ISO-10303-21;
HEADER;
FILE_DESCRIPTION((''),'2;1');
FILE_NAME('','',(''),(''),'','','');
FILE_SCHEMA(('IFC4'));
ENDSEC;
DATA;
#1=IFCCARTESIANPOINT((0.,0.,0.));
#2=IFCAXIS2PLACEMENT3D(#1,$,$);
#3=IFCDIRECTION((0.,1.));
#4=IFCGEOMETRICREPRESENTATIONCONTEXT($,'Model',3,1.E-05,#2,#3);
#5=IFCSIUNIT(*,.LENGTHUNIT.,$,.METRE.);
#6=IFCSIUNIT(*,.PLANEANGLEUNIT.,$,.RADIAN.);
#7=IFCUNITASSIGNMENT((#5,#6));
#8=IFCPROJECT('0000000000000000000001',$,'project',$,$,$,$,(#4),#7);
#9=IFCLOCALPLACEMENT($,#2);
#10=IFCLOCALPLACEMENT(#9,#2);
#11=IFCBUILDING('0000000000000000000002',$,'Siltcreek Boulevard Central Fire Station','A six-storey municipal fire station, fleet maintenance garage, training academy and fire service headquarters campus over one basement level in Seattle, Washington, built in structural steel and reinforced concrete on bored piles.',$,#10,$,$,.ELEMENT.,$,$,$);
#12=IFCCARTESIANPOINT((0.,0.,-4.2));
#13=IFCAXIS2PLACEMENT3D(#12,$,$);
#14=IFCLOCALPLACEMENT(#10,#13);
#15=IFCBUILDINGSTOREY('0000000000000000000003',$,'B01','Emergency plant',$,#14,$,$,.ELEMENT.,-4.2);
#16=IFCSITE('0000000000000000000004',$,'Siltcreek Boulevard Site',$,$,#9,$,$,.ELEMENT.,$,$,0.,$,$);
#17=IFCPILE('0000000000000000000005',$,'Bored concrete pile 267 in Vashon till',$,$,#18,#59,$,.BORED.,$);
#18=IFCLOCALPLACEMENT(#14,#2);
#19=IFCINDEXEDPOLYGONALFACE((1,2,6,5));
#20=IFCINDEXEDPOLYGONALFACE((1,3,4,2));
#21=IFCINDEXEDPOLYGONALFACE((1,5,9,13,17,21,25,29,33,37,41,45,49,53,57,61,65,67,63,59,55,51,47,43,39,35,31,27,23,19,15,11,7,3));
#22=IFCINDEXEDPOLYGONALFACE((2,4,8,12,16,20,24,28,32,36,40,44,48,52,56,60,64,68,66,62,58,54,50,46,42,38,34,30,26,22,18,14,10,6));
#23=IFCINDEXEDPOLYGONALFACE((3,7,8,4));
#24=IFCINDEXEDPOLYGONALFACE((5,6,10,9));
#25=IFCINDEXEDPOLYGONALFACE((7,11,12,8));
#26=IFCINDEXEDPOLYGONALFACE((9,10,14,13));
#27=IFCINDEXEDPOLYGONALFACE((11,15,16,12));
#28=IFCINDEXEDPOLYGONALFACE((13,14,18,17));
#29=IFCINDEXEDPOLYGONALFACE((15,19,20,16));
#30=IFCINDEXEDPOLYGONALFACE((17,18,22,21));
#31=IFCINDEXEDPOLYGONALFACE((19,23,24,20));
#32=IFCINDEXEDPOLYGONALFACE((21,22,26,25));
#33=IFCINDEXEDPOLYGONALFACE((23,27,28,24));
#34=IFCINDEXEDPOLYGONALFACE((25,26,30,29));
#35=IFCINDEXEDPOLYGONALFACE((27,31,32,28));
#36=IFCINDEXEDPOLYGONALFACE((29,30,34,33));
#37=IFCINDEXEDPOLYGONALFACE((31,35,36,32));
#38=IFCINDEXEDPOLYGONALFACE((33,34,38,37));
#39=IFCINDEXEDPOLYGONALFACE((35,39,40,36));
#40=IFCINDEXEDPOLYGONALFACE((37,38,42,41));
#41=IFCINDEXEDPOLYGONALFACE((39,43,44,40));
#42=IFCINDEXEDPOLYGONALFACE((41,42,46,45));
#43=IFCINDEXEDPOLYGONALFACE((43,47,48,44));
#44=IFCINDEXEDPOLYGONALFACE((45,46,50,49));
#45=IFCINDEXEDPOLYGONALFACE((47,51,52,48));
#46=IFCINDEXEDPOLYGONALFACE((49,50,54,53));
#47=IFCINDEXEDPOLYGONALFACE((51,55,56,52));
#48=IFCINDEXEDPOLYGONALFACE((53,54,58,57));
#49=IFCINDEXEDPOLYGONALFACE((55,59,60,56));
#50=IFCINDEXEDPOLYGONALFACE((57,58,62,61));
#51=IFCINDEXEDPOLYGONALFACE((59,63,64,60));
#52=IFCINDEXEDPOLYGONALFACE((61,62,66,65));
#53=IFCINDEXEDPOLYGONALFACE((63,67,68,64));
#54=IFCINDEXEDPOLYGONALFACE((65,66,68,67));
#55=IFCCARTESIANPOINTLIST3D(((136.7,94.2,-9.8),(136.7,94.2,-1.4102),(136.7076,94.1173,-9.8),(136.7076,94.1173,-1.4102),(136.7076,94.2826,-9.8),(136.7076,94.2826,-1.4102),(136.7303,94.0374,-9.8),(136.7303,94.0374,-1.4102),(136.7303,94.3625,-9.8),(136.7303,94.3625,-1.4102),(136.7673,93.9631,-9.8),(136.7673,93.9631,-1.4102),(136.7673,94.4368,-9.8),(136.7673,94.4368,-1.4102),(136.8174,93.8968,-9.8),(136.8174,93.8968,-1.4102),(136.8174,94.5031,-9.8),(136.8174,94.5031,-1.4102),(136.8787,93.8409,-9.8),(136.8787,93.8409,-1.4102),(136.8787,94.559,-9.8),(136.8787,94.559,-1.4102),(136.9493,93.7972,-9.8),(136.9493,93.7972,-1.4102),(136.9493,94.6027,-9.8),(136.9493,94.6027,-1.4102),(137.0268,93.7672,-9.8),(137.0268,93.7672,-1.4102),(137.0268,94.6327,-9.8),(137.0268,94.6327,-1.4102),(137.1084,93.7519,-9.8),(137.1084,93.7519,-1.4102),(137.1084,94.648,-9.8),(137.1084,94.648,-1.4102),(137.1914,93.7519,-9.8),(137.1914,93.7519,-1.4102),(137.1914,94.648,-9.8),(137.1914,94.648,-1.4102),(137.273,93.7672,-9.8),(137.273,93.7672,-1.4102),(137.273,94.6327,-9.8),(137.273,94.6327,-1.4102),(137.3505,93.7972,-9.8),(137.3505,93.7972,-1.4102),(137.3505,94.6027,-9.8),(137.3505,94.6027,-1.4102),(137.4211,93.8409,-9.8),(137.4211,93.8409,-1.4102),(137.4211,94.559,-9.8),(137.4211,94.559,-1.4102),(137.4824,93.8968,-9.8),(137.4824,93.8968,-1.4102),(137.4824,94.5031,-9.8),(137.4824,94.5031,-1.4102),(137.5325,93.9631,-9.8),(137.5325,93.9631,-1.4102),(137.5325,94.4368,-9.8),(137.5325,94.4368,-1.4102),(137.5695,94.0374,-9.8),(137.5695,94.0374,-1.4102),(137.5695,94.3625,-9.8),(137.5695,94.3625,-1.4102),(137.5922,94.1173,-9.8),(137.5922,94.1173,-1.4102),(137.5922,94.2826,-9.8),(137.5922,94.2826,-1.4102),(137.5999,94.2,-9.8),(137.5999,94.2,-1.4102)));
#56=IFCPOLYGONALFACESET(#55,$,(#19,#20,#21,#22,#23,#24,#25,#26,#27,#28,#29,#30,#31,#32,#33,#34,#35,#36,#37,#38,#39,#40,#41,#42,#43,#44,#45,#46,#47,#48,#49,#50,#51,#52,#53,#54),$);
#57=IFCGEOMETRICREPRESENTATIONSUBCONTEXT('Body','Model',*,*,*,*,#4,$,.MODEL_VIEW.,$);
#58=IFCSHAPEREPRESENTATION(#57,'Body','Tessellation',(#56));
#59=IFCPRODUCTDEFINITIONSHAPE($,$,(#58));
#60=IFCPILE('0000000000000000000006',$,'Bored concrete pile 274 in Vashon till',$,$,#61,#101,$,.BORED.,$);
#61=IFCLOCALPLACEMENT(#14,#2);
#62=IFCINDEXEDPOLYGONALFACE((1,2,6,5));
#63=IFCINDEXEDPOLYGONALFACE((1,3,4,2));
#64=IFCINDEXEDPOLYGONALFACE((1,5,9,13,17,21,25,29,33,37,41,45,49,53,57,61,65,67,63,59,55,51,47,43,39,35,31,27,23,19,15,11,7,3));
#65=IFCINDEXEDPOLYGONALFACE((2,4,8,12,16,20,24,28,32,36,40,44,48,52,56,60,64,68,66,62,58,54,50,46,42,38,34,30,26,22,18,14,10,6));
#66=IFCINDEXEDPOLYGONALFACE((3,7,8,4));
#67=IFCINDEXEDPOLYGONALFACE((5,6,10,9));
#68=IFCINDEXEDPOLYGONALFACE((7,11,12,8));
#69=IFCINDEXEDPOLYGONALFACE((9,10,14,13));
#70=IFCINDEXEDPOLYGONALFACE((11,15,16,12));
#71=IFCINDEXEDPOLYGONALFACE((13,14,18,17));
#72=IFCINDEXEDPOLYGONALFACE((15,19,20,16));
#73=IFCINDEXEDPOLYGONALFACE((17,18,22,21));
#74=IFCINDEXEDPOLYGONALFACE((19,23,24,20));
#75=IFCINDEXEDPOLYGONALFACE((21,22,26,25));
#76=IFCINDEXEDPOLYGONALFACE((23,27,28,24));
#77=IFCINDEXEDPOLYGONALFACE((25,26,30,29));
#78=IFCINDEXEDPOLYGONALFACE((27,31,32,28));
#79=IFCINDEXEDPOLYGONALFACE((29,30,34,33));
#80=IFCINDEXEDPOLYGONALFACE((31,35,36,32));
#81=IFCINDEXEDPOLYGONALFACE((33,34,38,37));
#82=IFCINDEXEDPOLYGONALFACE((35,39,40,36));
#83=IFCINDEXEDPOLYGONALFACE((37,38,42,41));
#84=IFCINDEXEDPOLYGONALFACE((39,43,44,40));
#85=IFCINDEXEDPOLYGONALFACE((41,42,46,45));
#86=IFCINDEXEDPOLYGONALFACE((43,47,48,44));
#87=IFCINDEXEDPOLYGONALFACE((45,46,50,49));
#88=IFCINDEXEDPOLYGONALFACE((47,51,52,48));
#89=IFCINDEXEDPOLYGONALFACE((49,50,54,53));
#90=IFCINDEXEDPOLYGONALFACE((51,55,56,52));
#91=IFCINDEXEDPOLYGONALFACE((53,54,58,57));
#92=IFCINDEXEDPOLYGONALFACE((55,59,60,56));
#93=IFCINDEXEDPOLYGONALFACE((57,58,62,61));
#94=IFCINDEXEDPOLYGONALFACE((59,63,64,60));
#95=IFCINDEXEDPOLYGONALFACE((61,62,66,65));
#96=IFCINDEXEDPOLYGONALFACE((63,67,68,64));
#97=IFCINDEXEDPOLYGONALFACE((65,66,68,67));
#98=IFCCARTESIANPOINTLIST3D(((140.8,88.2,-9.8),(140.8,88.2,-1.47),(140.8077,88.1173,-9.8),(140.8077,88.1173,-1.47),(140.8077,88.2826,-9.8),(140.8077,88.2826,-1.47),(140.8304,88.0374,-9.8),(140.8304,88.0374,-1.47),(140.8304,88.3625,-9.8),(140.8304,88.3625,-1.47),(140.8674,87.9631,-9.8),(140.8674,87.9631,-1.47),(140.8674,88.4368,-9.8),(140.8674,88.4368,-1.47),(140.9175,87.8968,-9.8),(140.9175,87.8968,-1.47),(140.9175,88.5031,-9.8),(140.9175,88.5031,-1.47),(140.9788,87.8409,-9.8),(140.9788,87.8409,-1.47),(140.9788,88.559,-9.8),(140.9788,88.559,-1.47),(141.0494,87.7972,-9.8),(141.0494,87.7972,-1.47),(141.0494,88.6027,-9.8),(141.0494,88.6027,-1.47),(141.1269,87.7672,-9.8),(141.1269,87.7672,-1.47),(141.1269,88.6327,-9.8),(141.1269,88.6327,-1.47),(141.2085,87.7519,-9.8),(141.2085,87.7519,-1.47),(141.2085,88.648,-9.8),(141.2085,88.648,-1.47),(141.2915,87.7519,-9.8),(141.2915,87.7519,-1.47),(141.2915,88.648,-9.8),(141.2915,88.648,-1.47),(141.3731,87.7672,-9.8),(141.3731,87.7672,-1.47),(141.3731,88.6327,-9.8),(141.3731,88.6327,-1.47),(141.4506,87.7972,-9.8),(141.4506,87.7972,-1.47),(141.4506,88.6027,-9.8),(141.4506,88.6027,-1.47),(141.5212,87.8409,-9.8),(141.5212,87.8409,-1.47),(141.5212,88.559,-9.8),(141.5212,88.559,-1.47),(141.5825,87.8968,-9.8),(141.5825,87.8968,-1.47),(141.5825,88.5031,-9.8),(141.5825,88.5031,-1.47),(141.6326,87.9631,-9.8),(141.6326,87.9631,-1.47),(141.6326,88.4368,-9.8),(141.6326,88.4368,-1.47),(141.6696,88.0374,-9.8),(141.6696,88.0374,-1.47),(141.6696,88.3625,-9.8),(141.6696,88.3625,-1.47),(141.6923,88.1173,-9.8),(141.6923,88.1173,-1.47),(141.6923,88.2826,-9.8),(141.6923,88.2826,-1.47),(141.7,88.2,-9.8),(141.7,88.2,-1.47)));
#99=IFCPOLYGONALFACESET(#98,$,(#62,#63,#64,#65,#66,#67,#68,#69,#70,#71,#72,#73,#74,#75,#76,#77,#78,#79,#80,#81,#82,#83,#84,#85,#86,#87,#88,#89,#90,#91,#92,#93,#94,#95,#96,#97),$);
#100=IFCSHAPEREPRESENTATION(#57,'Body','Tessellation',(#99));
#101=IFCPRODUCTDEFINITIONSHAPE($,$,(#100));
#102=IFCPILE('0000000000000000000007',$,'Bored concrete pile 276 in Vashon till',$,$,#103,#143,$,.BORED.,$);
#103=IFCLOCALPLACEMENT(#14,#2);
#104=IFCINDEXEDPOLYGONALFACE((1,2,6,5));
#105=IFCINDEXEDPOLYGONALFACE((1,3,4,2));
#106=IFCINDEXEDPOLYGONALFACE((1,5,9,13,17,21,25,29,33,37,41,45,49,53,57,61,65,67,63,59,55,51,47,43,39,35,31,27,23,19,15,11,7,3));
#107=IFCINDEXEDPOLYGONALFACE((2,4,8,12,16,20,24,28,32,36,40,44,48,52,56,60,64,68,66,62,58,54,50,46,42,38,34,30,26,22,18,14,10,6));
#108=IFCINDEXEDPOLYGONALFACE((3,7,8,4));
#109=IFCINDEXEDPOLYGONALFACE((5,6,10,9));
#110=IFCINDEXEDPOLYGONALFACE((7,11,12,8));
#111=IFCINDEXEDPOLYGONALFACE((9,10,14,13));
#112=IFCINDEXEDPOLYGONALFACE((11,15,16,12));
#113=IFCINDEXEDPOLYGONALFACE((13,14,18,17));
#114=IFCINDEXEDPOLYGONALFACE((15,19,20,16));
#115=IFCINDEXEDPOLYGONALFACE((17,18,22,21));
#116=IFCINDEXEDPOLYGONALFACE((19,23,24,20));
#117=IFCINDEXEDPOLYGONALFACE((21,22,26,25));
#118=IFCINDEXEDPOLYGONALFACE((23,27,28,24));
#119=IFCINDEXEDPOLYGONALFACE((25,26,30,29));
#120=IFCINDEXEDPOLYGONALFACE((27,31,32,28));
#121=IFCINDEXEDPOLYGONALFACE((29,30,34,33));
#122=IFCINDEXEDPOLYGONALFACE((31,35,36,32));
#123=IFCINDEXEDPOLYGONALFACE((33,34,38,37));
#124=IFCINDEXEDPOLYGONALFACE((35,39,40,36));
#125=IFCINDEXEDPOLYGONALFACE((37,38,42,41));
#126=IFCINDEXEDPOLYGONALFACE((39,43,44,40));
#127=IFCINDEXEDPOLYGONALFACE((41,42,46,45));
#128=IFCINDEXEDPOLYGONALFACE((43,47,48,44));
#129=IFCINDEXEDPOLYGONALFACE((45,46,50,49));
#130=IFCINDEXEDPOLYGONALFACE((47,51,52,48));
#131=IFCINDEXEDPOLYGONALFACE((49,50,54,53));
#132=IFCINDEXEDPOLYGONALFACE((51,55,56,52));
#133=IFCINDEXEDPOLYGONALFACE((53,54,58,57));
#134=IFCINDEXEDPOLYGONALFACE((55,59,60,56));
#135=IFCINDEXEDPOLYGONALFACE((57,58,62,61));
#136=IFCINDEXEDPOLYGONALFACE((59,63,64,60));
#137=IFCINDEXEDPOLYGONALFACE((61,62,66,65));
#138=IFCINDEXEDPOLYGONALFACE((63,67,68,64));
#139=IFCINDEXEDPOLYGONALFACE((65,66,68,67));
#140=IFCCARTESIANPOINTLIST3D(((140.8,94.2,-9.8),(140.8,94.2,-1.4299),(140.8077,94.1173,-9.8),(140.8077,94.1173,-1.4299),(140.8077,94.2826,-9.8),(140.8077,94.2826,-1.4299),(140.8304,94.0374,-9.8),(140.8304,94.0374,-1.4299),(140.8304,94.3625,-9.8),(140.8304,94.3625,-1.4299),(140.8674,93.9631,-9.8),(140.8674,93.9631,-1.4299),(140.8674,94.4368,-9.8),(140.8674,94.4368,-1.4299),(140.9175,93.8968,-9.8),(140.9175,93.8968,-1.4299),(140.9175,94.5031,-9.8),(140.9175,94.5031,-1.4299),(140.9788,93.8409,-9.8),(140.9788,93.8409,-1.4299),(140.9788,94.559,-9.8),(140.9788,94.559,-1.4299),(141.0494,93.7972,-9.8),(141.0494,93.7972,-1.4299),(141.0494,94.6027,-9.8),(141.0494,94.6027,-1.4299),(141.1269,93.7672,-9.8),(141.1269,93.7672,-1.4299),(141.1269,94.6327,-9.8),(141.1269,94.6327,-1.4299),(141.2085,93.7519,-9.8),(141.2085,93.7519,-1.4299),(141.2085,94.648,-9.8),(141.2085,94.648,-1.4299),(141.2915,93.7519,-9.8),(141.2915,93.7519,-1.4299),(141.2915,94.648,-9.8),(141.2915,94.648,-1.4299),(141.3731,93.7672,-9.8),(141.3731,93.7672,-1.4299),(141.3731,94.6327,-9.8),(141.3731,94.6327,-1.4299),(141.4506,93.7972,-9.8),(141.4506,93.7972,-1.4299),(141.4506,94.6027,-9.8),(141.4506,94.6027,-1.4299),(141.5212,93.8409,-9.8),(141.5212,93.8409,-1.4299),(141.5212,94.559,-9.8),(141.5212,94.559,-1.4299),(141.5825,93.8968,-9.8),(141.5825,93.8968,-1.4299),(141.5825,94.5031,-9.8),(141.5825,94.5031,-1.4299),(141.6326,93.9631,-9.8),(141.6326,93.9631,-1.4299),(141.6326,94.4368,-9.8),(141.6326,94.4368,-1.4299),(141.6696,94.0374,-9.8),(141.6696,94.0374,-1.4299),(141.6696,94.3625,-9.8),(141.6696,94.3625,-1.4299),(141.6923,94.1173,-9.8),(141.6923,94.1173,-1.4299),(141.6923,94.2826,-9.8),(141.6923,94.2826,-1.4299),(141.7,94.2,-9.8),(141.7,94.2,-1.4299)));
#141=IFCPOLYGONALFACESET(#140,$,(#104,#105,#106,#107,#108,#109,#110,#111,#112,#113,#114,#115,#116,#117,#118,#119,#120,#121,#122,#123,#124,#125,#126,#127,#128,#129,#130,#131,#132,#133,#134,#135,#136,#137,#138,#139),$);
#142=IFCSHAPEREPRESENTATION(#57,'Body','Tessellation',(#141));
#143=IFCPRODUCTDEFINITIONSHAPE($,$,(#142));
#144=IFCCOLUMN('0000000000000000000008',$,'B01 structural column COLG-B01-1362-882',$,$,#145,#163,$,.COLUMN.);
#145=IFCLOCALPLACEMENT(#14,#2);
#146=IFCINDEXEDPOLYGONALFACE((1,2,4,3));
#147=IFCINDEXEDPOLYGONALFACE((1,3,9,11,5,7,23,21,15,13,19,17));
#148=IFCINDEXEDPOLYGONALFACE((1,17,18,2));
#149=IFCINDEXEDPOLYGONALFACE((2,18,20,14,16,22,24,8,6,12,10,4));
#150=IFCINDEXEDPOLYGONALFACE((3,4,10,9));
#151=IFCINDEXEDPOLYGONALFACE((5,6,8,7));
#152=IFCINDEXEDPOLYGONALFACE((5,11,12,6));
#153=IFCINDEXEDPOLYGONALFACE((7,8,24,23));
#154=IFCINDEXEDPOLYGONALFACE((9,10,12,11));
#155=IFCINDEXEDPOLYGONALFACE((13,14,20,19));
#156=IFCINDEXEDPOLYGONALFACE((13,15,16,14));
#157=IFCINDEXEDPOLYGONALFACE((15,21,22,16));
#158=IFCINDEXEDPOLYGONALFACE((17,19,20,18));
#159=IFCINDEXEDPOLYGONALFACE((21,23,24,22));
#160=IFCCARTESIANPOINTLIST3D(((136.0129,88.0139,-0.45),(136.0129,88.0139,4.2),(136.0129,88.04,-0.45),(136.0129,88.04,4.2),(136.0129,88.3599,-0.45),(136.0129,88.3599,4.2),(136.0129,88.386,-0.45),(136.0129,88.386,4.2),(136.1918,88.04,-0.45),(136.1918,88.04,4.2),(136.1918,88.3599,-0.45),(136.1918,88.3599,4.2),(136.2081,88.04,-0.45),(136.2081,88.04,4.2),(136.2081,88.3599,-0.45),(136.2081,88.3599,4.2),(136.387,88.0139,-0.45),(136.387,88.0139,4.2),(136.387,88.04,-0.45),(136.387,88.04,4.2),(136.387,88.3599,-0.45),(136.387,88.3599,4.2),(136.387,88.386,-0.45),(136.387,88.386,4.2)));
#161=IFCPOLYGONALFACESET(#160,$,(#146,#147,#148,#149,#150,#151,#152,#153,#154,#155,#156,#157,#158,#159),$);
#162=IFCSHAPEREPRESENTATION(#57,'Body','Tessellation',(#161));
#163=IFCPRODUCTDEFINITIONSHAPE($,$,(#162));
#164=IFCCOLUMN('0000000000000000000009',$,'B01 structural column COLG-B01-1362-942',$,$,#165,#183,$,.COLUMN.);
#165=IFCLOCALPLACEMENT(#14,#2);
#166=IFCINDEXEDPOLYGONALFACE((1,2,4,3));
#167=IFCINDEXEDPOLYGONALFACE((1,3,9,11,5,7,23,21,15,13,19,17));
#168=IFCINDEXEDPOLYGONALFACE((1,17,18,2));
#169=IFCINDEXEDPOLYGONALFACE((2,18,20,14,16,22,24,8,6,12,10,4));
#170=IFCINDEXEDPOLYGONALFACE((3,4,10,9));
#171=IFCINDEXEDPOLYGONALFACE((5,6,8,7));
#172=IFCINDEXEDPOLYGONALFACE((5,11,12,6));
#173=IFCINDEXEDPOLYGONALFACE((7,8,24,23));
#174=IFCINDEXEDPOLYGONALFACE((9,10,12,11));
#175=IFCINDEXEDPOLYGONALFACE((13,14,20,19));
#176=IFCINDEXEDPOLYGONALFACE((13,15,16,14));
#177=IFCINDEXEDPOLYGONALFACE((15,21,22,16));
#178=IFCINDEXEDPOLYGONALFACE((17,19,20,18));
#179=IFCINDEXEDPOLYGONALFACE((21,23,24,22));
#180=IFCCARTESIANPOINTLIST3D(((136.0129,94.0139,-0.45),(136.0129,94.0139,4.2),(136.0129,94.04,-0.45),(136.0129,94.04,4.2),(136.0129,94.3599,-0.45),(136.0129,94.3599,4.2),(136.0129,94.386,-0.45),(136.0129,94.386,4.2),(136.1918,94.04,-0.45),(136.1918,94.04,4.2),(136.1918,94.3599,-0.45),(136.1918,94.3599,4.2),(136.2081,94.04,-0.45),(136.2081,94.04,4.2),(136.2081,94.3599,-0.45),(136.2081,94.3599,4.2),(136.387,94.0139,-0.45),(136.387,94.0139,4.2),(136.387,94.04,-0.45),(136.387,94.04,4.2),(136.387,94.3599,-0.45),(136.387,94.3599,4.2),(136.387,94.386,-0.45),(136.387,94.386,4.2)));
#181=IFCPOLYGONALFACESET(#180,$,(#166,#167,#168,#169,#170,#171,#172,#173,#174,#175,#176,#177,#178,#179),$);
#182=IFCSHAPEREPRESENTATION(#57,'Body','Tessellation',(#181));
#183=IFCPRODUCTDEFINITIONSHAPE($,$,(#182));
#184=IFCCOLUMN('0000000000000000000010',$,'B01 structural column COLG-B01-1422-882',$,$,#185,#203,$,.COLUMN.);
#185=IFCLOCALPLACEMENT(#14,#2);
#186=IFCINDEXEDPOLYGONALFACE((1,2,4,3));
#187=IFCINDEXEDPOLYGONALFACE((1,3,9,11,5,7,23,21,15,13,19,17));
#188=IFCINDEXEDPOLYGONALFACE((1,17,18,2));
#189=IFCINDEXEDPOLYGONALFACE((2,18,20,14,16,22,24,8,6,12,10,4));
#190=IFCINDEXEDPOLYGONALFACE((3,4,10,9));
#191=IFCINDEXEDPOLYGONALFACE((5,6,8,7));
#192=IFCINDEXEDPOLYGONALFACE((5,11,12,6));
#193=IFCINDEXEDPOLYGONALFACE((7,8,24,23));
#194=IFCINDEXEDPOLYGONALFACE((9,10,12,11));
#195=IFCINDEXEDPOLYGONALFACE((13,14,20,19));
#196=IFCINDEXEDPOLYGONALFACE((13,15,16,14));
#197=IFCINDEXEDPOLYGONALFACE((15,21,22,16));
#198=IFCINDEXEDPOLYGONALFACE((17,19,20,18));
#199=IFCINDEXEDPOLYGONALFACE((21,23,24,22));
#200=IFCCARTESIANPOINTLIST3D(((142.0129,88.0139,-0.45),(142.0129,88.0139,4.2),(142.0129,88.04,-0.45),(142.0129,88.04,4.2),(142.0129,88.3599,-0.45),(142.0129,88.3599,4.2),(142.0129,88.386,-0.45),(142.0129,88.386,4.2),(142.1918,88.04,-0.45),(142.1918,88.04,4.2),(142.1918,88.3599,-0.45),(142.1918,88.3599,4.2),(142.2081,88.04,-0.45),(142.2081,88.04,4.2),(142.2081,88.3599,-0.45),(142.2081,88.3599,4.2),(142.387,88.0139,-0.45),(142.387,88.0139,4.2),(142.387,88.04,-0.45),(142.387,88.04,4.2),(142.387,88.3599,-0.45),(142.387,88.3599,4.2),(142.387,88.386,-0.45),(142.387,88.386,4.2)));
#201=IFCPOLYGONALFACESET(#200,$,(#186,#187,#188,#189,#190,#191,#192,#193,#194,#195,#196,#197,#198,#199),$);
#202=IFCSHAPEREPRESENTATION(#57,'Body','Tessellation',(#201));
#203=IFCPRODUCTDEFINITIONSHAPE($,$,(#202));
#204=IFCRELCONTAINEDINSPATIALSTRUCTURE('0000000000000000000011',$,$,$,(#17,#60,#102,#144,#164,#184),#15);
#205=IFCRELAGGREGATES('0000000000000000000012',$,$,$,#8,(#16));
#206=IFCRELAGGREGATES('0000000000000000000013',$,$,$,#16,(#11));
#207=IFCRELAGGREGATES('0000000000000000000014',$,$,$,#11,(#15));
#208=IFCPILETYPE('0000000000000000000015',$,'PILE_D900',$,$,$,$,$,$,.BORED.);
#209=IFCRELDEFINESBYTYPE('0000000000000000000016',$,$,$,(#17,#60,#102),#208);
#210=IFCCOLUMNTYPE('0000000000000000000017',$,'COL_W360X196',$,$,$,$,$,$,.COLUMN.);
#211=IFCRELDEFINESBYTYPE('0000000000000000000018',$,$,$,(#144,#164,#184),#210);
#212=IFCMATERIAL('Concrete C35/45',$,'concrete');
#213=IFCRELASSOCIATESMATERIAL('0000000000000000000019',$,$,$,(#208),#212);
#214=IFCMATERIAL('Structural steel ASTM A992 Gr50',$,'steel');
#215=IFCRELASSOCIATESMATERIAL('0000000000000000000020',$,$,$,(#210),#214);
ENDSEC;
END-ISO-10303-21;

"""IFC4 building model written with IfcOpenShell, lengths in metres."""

from ifc_helpers import new_model, si_unit, direction, frame, origin, origin_2d, place, context, subcontext, project, spatial, circle, i_section, extrude, material, material_profile, profile_set, type_object, element, save


model = new_model("IFC4")

# Units and contexts
model_context = context("Model", 3, precision=1e-05, world=origin(), true_north=direction((0.0, 1.0)))
body_context = subcontext(model_context, "Body", "Model", "MODEL_VIEW")
ifc_project = project(units=[si_unit("LENGTHUNIT", "METRE"), si_unit("PLANEANGLEUNIT", "RADIAN")], contexts=[model_context])

# Site, building, storey
site_placement = place(None, origin())
site = spatial("IfcSite", under=ifc_project, at=site_placement, Name="Siltcreek Boulevard Site", CompositionType="ELEMENT", RefElevation=0.0)
building_placement = place(site_placement, origin())
building = spatial("IfcBuilding", under=site, at=building_placement, Name="Siltcreek Boulevard Central Fire Station", Description="A six-storey municipal fire station, fleet maintenance garage, training academy and fire service headquarters campus over one basement level in Seattle, Washington, built in structural steel and reinforced concrete on bored piles.", CompositionType="ELEMENT")
storey_placement = place(building_placement, frame((0.0, 0.0, -4.2)))
storey = spatial("IfcBuildingStorey", under=building, at=storey_placement, Name="B01", Description="Emergency plant", CompositionType="ELEMENT", Elevation=-4.2)

# Shared definitions
ifc_material_1 = material(Name="Concrete C35/45", Category="concrete")

# Piles
ifc_material_profile_1 = material_profile(ifc_material_1, circle(Radius=0.45, at=origin_2d()), Name="SHAFT900")
ifc_profile_set_1 = profile_set([ifc_material_profile_1], Name="Concrete C35/45")
pile_type = type_object("IfcPileType", Name="PILE_D900", PredefinedType="BORED", material=ifc_profile_set_1)
for number, where, z_axis, x_axis, name in (
    (1, (137.1499, 94.2, -1.4102), (0.0, 0.0, -1.0), (1.0, 0.0, 0.0), "Bored concrete pile 267 in Vashon till"),
):
    element("IfcPile", number, at=place(storey_placement, frame(where, z_axis=z_axis, x_axis=x_axis)), inside=storey, type_object=pile_type, Name=name, PredefinedType="BORED", context=body_context, shape_type="SweptSolid", body=[
        extrude(circle(Radius=0.45, at=origin_2d()), origin(), (0.0, 0.0, 1.0), 8.3899),
    ])
pile_1_placement = place(storey_placement, frame((141.25, 88.2, -1.47), z_axis=(0.0, 0.0, -1.0), x_axis=(1.0, 0.0, 0.0)))
element("IfcPile", 2, at=pile_1_placement, inside=storey, type_object=pile_type, Name="Bored concrete pile 274 in Vashon till", PredefinedType="BORED", context=body_context, shape_type="SweptSolid", body=[
    extrude(circle(Radius=0.45, at=origin_2d()), origin(), (0.0, 0.0, 1.0), 8.3301),
])
pile_2_placement = place(storey_placement, frame((141.25, 94.2, -1.4299), z_axis=(0.0, 0.0, -1.0), x_axis=(1.0, 0.0, 0.0)))
element("IfcPile", 3, at=pile_2_placement, inside=storey, type_object=pile_type, Name="Bored concrete pile 276 in Vashon till", PredefinedType="BORED", context=body_context, shape_type="SweptSolid", body=[
    extrude(circle(Radius=0.45, at=origin_2d()), origin(), (0.0, 0.0, 1.0), 8.3701),
])

# Columns
ifc_material_2 = material(Name="Structural steel ASTM A992 Gr50", Category="steel")
ifc_material_profile_2 = material_profile(ifc_material_2, i_section(OverallWidth=0.374, OverallDepth=0.3721, WebThickness=0.0164, FlangeThickness=0.0261, at=origin_2d()), Name="W360X196")
ifc_profile_set_2 = profile_set([ifc_material_profile_2], Name="Structural steel ASTM A992 Gr50")
column_type = type_object("IfcColumnType", Name="COL_W360X196", PredefinedType="COLUMN", material=ifc_profile_set_2)
for number, where, z_axis, x_axis, name in (
    (4, (136.2, 88.2, -0.45), (0.0, 0.0, 1.0), (1.0, 0.0, 0.0), "B01 structural column COLG-B01-1362-882"),
    (5, (136.2, 94.2, -0.45), (0.0, 0.0, 1.0), (1.0, 0.0, 0.0), "B01 structural column COLG-B01-1362-942"),
    (6, (142.2, 88.2, -0.45), (0.0, 0.0, 1.0), (1.0, 0.0, 0.0), "B01 structural column COLG-B01-1422-882"),
):
    element("IfcColumn", number, at=place(storey_placement, frame(where, z_axis=z_axis, x_axis=x_axis)), inside=storey, type_object=column_type, Name=name, PredefinedType="COLUMN", context=body_context, shape_type="SweptSolid", body=[
        extrude(i_section(OverallWidth=0.374, OverallDepth=0.3721, WebThickness=0.0164, FlangeThickness=0.0261, at=origin_2d()), origin(), (0.0, 0.0, 1.0), 4.6499),
    ])

save(model, "model.ifc")
